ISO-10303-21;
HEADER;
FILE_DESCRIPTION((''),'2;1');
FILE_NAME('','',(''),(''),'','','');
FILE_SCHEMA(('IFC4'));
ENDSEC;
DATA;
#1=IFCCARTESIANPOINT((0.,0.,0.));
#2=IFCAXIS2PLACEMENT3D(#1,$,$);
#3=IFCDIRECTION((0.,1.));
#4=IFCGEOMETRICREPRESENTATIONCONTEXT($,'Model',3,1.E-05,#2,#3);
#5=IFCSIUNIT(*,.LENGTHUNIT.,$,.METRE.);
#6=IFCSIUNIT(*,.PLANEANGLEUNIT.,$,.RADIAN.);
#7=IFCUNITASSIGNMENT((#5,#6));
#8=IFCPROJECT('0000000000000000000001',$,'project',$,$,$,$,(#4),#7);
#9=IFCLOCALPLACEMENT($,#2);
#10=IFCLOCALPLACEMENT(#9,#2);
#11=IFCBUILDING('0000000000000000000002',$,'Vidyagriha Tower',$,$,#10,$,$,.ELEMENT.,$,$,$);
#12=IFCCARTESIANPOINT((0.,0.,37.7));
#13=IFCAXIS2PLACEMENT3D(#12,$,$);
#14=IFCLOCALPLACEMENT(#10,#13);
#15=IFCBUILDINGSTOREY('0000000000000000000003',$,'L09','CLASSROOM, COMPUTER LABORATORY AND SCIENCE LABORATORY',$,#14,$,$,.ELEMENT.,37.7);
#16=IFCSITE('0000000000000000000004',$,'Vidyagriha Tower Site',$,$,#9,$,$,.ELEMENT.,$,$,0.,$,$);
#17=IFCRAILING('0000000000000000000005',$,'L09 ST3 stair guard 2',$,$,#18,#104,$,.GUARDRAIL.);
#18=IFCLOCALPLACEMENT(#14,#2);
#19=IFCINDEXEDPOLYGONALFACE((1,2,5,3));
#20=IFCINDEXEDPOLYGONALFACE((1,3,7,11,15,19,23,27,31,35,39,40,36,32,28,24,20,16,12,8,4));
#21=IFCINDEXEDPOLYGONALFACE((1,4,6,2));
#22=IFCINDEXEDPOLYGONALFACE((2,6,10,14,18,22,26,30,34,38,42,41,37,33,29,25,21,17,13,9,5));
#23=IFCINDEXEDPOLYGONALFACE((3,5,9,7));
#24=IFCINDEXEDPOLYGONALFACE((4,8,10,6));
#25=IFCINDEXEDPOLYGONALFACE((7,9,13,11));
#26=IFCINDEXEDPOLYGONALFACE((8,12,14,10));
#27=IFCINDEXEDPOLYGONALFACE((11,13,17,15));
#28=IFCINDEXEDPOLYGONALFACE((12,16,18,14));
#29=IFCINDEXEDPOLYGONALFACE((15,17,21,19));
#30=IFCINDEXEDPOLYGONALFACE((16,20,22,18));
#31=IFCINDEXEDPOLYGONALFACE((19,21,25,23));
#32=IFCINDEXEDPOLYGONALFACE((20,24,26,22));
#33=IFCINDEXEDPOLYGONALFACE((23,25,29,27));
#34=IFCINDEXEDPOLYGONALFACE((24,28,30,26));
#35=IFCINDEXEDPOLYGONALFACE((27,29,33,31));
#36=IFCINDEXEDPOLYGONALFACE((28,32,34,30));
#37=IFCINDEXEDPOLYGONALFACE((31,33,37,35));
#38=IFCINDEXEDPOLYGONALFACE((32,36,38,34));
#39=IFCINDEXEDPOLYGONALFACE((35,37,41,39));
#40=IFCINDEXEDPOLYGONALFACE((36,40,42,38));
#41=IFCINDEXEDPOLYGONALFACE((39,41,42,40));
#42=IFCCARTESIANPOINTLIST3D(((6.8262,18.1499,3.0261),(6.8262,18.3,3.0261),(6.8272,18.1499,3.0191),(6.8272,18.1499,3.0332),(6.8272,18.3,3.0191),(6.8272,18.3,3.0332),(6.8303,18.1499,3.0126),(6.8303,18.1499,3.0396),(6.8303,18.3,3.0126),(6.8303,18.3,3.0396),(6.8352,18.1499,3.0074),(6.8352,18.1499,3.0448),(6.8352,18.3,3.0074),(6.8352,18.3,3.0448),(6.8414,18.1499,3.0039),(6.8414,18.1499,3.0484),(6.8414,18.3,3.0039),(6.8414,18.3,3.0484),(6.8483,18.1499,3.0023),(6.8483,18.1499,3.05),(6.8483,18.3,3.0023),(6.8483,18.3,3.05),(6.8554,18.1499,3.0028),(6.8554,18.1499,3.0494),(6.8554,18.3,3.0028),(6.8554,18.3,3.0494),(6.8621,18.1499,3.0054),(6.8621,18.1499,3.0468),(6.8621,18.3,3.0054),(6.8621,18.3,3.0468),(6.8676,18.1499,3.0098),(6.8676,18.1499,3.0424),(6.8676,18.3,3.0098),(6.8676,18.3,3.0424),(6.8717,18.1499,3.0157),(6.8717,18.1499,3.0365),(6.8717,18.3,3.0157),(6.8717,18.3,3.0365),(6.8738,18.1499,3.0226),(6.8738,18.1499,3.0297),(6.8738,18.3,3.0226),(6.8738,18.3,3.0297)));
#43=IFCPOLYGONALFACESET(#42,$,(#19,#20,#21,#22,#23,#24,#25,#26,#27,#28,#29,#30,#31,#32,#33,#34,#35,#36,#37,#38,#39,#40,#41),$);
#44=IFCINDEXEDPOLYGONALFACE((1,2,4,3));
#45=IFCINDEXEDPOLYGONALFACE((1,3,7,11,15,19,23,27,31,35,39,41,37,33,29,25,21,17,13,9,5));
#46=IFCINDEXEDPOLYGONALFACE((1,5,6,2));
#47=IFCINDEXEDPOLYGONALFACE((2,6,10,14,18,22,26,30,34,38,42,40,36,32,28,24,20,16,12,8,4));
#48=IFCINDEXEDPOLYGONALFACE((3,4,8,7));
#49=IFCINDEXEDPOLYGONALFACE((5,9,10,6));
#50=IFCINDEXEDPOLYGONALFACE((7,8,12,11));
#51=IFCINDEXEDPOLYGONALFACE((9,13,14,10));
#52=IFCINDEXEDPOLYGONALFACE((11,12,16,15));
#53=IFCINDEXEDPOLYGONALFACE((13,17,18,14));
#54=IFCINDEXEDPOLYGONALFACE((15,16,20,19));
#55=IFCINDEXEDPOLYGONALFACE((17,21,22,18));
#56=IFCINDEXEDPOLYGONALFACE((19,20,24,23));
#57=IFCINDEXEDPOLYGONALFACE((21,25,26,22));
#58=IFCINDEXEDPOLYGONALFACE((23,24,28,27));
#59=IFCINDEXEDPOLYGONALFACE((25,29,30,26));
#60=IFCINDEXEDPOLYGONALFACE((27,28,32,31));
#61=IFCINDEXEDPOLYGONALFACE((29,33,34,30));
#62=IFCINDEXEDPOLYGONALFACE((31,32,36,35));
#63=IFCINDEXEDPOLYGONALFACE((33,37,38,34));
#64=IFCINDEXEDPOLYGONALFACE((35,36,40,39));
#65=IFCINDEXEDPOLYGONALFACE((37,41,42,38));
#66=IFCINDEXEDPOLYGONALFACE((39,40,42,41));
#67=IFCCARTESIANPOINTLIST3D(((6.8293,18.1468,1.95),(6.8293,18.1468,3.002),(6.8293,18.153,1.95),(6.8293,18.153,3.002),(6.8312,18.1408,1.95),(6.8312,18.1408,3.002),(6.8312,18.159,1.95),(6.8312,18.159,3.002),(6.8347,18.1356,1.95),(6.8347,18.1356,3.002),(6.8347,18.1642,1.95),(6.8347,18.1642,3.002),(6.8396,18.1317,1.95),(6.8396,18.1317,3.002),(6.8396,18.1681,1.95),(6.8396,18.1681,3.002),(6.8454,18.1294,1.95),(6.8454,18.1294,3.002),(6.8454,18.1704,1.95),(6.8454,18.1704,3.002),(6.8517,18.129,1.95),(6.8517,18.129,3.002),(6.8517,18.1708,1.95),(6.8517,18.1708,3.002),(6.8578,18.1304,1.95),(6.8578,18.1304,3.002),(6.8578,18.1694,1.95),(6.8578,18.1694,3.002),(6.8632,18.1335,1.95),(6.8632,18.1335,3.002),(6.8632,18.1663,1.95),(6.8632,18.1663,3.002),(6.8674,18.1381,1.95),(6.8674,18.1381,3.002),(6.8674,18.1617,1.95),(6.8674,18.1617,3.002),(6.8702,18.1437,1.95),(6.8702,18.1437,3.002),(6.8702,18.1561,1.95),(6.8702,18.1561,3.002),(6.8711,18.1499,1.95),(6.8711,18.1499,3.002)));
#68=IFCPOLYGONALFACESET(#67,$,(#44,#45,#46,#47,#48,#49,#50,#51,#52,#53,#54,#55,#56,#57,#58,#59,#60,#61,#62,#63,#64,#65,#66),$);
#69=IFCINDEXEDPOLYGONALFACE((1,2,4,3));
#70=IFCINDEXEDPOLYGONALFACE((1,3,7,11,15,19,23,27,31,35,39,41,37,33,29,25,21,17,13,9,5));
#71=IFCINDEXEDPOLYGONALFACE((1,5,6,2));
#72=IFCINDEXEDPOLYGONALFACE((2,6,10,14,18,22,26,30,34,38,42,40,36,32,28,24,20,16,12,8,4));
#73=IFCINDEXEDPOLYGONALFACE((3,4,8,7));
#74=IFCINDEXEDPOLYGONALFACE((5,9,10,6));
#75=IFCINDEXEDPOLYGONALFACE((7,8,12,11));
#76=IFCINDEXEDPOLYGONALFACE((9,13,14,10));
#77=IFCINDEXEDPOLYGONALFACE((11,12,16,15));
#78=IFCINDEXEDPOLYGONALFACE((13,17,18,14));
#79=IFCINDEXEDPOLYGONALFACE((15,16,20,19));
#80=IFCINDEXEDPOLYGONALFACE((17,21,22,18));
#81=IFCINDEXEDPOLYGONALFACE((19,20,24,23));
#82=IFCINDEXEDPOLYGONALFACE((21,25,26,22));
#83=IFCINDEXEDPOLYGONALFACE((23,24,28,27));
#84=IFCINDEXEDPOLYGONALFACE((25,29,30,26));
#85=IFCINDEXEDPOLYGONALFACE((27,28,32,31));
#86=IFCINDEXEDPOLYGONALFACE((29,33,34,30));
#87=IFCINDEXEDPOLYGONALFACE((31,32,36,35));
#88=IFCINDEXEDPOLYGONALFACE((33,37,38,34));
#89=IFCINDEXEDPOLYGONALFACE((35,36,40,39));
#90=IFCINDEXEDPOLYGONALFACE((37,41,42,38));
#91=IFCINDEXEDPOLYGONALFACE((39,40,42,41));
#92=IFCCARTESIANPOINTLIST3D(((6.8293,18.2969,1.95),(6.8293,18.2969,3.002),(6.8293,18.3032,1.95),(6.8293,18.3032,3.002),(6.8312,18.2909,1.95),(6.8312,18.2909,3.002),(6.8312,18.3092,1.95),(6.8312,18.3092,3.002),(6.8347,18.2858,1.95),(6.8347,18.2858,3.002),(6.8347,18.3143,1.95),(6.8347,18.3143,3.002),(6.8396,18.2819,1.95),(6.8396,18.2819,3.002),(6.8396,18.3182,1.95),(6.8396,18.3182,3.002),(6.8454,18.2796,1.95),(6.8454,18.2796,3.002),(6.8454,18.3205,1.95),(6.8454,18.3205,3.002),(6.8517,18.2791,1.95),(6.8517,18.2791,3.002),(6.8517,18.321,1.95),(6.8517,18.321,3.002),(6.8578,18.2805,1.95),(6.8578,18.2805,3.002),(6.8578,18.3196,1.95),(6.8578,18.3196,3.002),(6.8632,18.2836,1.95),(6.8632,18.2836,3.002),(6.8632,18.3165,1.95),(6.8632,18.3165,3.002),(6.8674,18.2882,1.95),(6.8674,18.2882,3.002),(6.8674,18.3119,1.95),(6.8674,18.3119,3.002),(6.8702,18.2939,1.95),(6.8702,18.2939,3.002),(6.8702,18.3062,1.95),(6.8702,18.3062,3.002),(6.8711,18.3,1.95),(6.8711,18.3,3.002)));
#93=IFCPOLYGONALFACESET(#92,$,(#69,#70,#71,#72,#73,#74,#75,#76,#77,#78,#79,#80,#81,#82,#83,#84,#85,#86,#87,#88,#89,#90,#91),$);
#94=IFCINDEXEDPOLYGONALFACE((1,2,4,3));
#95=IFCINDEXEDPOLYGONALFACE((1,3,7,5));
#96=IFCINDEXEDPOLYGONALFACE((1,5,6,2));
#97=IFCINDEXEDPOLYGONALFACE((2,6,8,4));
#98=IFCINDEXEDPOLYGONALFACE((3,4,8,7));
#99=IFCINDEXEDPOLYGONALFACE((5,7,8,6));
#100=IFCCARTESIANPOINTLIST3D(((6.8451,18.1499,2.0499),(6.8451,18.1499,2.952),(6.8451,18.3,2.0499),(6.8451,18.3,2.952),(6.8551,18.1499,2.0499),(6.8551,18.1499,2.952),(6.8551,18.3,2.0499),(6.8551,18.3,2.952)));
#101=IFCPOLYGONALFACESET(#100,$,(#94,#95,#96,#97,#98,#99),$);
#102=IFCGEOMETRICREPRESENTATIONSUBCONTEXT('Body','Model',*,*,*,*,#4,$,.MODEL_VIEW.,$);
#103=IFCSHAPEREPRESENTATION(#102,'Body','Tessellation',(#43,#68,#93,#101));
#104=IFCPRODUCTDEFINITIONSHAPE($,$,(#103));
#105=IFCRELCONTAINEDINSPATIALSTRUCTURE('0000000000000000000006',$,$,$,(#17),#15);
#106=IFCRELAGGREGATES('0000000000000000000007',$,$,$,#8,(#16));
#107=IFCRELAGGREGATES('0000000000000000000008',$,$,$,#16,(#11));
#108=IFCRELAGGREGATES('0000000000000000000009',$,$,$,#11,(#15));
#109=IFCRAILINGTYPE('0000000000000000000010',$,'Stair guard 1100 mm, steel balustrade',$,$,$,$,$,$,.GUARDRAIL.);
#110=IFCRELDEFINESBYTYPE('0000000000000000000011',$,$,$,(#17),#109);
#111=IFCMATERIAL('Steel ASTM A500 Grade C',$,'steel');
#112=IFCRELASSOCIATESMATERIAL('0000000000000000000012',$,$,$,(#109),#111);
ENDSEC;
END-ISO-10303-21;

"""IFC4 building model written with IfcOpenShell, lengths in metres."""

from ifc_helpers import new_model, si_unit, direction, frame, origin, origin_2d, place, context, subcontext, project, spatial, rectangle, circle, extrude, material, type_object, element, save


model = new_model("IFC4")

# Units and contexts
model_context = context("Model", 3, precision=1e-05, world=origin(), true_north=direction((0.0, 1.0)))
body_context = subcontext(model_context, "Body", "Model", "MODEL_VIEW")
ifc_project = project(units=[si_unit("LENGTHUNIT", "METRE"), si_unit("PLANEANGLEUNIT", "RADIAN")], contexts=[model_context])

# Site, building, storey
site_placement = place(None, origin())
site = spatial("IfcSite", under=ifc_project, at=site_placement, Name="Vidyagriha Tower Site", CompositionType="ELEMENT", RefElevation=0.0)
building_placement = place(site_placement, origin())
building = spatial("IfcBuilding", under=site, at=building_placement, Name="Vidyagriha Tower", CompositionType="ELEMENT")
storey_placement = place(building_placement, frame((0.0, 0.0, 37.7)))
storey = spatial("IfcBuildingStorey", under=building, at=storey_placement, Name="L09", Description="CLASSROOM, COMPUTER LABORATORY AND SCIENCE LABORATORY", CompositionType="ELEMENT", Elevation=37.7)

# Railing
ifc_material_1 = material(Name="Steel ASTM A500 Grade C", Category="steel")
railing_type_1 = type_object("IfcRailingType", Name="Stair guard 1100 mm, steel balustrade", PredefinedType="GUARDRAIL", material=ifc_material_1)
railing_1_placement = place(storey_placement, frame((6.8501, 18.1499, 1.95)))
element("IfcRailing", 1, at=railing_1_placement, inside=storey, type_object=railing_type_1, Name="L09 ST3 stair guard 2", PredefinedType="GUARDRAIL", context=body_context, shape_type="SweptSolid", body=[
    extrude(circle(Radius=0.0239, at=origin_2d()), frame((0.0, 0.0, 1.0762), z_axis=(0.0, 1.0, 0.0), x_axis=(-1.0, 0.0, 0.0)), (0.0, 0.0, 1.0), 0.1501),
    extrude(circle(Radius=0.021, at=origin_2d()), origin(), (0.0, 0.0, 1.0), 1.052),
    extrude(circle(Radius=0.021, at=origin_2d()), frame((0.0, 0.1501, 0.0)), (0.0, 0.0, 1.0), 1.052),
    extrude(rectangle(XDim=0.01, YDim=0.9021, at=origin_2d()), frame((0.0, 0.0, 0.551), z_axis=(0.0, 1.0, 0.0), x_axis=(-1.0, 0.0, 0.0)), (0.0, 0.0, 1.0), 0.1501),
])

save(model, "model.ifc")
